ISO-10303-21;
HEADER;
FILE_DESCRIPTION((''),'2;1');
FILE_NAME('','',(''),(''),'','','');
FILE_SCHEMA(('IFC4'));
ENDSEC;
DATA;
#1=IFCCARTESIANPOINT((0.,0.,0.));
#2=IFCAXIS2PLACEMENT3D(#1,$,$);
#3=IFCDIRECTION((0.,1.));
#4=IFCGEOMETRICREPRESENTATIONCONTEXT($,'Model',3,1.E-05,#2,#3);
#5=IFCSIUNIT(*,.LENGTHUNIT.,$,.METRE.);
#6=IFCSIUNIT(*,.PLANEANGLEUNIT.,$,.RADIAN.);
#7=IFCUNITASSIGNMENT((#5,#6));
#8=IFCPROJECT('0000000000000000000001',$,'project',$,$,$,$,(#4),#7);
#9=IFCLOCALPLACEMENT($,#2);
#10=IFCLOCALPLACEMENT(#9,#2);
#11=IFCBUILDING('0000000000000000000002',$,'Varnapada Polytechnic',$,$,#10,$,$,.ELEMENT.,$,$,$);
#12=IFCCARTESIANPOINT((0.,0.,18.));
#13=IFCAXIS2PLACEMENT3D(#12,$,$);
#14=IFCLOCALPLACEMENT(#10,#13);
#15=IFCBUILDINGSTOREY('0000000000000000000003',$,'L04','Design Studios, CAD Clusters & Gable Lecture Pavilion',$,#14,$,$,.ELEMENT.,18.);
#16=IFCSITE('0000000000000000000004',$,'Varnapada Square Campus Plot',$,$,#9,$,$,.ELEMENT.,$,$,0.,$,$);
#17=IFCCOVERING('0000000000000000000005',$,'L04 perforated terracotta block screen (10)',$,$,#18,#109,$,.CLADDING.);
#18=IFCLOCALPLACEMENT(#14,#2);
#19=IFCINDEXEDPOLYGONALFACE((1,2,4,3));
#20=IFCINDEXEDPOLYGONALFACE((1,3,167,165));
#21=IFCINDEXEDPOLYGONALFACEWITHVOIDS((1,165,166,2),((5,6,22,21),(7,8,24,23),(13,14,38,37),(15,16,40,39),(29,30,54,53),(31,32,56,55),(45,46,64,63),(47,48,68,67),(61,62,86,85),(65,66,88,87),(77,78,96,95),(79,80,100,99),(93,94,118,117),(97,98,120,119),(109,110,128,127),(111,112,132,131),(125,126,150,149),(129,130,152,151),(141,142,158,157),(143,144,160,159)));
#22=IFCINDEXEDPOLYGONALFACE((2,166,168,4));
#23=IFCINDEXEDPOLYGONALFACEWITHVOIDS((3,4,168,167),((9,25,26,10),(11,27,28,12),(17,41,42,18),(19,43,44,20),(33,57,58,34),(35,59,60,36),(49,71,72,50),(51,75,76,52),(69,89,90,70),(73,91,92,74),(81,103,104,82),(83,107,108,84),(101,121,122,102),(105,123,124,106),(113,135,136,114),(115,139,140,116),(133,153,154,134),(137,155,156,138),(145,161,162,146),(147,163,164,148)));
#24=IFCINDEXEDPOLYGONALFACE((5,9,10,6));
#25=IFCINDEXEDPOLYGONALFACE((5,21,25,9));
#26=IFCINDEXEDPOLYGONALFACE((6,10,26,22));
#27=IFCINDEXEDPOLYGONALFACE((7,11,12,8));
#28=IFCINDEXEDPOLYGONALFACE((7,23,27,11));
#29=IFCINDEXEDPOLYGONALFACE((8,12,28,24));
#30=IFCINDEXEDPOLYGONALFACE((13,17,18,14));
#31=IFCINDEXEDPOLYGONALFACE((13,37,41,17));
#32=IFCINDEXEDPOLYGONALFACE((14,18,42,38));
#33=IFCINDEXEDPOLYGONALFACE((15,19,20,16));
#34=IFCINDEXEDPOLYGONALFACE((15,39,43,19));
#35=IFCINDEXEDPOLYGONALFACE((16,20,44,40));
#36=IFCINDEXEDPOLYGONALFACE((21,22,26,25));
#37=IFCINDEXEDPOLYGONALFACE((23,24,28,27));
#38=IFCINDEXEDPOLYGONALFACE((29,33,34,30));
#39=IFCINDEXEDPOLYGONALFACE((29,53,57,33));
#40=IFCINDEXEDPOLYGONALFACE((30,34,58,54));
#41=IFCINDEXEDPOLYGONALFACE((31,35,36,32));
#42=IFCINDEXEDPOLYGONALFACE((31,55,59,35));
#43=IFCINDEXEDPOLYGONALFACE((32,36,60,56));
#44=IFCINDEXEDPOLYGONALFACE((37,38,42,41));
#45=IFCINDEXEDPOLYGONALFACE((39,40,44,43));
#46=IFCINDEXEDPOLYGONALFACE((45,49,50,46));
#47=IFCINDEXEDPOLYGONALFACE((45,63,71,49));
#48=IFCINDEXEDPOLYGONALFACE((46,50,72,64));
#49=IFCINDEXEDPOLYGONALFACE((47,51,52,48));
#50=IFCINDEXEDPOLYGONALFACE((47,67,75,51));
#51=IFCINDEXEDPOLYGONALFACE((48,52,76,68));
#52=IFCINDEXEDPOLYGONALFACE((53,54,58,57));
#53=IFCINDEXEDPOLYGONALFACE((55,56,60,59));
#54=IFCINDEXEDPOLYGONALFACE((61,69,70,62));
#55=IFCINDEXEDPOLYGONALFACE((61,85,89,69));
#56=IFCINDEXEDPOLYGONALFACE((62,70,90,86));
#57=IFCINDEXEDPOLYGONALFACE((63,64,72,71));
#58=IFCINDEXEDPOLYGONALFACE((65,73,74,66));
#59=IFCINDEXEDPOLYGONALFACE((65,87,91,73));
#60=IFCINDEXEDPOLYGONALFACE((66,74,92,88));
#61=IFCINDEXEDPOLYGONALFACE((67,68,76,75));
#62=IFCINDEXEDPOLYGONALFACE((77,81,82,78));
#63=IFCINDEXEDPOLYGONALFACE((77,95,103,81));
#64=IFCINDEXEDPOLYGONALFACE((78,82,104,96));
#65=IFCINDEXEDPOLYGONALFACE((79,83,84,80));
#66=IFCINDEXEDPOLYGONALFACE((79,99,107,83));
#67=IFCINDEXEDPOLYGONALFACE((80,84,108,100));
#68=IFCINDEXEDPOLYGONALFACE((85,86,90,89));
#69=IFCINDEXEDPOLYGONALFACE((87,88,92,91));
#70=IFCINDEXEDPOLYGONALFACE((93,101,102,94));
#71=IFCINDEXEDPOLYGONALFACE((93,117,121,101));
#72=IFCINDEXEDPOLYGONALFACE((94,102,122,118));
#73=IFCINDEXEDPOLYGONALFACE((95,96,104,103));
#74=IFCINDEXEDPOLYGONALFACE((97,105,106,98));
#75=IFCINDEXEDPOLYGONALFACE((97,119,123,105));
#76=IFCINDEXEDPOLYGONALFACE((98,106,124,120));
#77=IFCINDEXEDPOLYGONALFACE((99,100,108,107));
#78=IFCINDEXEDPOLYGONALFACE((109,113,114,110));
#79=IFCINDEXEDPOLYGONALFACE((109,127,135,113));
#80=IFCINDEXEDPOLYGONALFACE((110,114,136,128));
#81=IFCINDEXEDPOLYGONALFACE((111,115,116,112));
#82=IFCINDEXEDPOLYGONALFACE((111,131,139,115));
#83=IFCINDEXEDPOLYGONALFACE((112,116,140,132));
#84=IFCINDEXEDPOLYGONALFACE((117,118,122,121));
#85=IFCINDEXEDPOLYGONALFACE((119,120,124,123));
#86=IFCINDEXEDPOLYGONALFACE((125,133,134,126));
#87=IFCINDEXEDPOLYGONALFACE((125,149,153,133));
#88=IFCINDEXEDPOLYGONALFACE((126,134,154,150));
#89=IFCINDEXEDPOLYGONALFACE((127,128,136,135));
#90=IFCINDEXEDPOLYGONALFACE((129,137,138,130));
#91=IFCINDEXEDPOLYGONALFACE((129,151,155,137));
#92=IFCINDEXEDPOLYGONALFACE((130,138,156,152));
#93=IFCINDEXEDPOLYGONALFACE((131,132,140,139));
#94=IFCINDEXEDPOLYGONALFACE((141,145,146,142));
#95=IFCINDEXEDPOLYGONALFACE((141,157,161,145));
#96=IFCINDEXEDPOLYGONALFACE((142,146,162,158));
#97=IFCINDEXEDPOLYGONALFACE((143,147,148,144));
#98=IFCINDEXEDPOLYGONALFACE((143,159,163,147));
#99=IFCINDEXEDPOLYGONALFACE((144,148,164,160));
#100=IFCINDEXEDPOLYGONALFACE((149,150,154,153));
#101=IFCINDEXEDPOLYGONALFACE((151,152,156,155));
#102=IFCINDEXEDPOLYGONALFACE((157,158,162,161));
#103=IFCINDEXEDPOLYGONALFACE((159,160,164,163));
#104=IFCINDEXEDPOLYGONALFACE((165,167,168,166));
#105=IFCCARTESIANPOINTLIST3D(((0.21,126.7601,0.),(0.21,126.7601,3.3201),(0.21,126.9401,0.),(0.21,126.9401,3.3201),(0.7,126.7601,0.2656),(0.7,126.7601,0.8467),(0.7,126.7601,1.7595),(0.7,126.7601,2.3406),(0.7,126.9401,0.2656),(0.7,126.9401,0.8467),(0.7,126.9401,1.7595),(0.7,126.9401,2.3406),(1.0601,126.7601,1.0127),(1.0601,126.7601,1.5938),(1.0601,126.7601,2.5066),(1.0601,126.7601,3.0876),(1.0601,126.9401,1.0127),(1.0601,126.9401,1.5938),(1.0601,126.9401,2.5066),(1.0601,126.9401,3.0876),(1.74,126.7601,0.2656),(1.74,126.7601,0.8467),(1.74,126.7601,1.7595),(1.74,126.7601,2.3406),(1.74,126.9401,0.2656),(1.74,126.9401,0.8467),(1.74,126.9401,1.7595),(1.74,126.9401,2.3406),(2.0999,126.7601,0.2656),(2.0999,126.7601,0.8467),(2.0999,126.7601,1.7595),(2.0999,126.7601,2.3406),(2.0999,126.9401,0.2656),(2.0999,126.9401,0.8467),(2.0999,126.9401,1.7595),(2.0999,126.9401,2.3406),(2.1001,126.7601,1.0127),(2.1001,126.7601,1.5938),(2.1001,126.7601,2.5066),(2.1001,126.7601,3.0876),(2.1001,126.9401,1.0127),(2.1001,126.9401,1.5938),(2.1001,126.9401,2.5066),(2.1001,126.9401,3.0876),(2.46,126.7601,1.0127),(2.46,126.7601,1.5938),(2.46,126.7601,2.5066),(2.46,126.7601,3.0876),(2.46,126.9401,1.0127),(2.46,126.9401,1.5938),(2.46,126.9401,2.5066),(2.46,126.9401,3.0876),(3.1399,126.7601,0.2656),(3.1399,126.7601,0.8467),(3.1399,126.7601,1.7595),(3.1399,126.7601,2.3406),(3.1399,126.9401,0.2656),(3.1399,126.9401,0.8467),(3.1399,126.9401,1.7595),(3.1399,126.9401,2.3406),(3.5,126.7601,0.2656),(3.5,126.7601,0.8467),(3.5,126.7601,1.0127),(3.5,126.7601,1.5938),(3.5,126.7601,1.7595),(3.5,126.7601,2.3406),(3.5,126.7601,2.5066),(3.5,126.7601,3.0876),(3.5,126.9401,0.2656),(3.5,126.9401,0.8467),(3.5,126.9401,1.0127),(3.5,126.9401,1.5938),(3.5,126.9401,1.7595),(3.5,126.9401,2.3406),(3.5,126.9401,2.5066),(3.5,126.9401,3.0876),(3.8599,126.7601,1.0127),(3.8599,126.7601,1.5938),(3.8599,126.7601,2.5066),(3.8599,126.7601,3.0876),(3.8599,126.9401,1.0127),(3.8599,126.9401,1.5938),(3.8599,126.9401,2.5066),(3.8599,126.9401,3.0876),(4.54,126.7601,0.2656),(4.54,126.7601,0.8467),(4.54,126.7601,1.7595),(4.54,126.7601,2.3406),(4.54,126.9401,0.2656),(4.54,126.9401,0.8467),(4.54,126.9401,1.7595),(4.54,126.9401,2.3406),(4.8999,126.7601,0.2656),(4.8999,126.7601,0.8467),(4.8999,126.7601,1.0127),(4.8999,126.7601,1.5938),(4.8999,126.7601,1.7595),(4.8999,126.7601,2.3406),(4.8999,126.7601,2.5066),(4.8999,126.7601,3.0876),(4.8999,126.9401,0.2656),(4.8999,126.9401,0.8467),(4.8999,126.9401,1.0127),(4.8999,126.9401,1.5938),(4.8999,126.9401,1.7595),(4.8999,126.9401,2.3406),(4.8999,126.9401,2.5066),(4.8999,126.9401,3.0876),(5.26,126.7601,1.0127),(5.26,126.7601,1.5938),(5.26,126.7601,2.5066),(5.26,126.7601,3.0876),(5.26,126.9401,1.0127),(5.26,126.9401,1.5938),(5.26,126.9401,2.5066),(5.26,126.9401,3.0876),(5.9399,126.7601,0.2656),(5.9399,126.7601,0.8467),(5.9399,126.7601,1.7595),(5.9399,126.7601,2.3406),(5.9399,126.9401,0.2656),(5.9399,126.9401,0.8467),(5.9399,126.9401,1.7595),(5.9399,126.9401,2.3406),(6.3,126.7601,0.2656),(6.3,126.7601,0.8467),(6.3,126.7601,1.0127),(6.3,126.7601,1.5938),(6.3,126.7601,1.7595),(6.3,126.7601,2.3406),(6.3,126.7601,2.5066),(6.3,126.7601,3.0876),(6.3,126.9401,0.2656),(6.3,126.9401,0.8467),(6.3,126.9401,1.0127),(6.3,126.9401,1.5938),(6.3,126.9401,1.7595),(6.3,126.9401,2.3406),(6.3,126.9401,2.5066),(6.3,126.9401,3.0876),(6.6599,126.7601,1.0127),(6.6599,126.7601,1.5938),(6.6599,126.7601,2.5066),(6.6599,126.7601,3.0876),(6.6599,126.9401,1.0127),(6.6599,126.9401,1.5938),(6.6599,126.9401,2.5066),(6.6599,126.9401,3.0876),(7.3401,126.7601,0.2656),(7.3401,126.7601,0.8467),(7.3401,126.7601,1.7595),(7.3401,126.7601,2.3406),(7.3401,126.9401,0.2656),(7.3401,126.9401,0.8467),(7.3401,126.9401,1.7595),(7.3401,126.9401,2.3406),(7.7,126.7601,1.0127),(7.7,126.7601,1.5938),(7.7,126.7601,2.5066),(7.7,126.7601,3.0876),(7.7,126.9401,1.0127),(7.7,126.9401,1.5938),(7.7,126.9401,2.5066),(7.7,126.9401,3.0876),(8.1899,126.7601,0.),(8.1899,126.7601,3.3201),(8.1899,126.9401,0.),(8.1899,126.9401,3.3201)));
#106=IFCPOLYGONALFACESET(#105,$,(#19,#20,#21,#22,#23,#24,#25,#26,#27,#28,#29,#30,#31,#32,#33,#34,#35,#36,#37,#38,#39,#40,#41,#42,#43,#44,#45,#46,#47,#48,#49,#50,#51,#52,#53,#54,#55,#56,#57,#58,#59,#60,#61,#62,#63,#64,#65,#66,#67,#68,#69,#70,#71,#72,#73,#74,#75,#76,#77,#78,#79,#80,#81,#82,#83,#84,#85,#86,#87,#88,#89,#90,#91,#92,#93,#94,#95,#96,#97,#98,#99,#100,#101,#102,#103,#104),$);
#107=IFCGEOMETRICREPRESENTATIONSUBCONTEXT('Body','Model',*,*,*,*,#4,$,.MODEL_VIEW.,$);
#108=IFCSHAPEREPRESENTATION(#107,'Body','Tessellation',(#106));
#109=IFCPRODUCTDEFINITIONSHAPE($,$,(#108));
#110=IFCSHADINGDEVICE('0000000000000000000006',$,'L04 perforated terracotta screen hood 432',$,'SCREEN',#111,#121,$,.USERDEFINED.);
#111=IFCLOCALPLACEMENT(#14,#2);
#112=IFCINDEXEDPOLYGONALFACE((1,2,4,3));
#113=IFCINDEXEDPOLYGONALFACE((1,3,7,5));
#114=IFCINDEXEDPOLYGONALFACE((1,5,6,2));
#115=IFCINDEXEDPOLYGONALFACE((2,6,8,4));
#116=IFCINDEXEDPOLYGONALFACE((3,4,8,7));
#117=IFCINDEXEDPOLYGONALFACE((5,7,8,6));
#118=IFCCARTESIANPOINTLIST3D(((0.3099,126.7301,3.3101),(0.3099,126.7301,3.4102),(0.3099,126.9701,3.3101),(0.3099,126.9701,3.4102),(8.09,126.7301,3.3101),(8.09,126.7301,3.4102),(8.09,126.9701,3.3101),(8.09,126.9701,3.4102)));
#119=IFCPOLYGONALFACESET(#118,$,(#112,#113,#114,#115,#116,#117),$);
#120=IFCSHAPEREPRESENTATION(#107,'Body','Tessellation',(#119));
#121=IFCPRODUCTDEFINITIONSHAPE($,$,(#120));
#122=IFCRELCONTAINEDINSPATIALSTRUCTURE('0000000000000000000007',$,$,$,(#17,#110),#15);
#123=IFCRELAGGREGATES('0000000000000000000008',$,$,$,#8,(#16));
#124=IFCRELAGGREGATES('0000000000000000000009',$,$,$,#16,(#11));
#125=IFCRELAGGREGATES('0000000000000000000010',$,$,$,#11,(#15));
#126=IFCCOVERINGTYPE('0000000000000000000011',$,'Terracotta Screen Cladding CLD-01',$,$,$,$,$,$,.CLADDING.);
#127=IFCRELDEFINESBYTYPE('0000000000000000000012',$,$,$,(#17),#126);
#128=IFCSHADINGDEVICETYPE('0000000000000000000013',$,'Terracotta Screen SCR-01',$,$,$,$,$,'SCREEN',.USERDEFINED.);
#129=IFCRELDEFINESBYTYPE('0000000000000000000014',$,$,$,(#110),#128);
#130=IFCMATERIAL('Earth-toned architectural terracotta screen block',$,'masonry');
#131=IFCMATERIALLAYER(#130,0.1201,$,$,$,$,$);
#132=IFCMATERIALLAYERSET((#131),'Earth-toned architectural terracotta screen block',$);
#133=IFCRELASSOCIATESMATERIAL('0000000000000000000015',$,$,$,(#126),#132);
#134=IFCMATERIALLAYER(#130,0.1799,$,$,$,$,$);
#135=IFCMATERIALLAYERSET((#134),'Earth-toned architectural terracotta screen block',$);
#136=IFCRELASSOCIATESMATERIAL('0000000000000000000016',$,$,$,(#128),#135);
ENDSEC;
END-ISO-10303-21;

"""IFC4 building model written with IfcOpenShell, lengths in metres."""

from ifc_helpers import new_model, si_unit, direction, frame, frame_2d, origin, origin_2d, place, context, subcontext, project, spatial, rectangle, extrude, material, layer, layer_set, type_object, element, save


model = new_model("IFC4")

# Units and contexts
model_context = context("Model", 3, precision=1e-05, world=origin(), true_north=direction((0.0, 1.0)))
body_context = subcontext(model_context, "Body", "Model", "MODEL_VIEW")
ifc_project = project(units=[si_unit("LENGTHUNIT", "METRE"), si_unit("PLANEANGLEUNIT", "RADIAN")], contexts=[model_context])

# Site, building, storey
site_placement = place(None, origin())
site = spatial("IfcSite", under=ifc_project, at=site_placement, Name="Varnapada Square Campus Plot", CompositionType="ELEMENT", RefElevation=0.0)
building_placement = place(site_placement, origin())
building = spatial("IfcBuilding", under=site, at=building_placement, Name="Varnapada Polytechnic", CompositionType="ELEMENT")
storey_placement = place(building_placement, frame((0.0, 0.0, 18.0)))
storey = spatial("IfcBuildingStorey", under=building, at=storey_placement, Name="L04", Description="Design Studios, CAD Clusters & Gable Lecture Pavilion", CompositionType="ELEMENT", Elevation=18.0)

# Covering, openings
ifc_material_1 = material(Name="Earth-toned architectural terracotta screen block", Category="masonry")
ifc_layer_1 = layer(ifc_material_1, 0.1201)
ifc_layer_set_1 = layer_set([ifc_layer_1], Name="Earth-toned architectural terracotta screen block")
covering_type = type_object("IfcCoveringType", Name="Terracotta Screen Cladding CLD-01", PredefinedType="CLADDING", material=ifc_layer_set_1)
covering_placement = place(storey_placement, frame((0.21, 126.8501, 0.0), z_axis=(0.0, 0.0, 1.0), x_axis=(1.0, 0.0, 0.0)))
covering = element("IfcCovering", 1, at=covering_placement, inside=storey, type_object=covering_type, Name="L04 perforated terracotta block screen (10)", PredefinedType="CLADDING", context=body_context, shape_type="SweptSolid", body=[
    extrude(rectangle(XDim=7.98, YDim=0.1799, at=frame_2d((3.99, 0.0))), origin(), (0.0, 0.0, 1.0), 3.3201),
])
opening_1_placement = place(covering_placement, frame((0.49, 0.0, 0.2656)))
element("IfcOpeningElement", 2, at=opening_1_placement, cuts=covering, PredefinedType="OPENING", context=body_context, shape_type="SweptSolid", body=[
    extrude(rectangle(XDim=1.04, YDim=0.5811, at=frame_2d((0.52, 0.2905))), frame((0.0, 0.0999, 0.0), z_axis=(0.0, -1.0, 0.0), x_axis=(1.0, 0.0, 0.0)), (0.0, 0.0, 1.0), 0.2),
])
opening_2_placement = place(covering_placement, frame((1.8899, 0.0, 0.2656)))
element("IfcOpeningElement", 3, at=opening_2_placement, cuts=covering, PredefinedType="OPENING", context=body_context, shape_type="SweptSolid", body=[
    extrude(rectangle(XDim=1.04, YDim=0.5811, at=frame_2d((0.52, 0.2905))), frame((0.0, 0.0999, 0.0), z_axis=(0.0, -1.0, 0.0), x_axis=(1.0, 0.0, 0.0)), (0.0, 0.0, 1.0), 0.2),
])
opening_3_placement = place(covering_placement, frame((3.29, 0.0, 0.2656)))
element("IfcOpeningElement", 4, at=opening_3_placement, cuts=covering, PredefinedType="OPENING", context=body_context, shape_type="SweptSolid", body=[
    extrude(rectangle(XDim=1.04, YDim=0.5811, at=frame_2d((0.52, 0.2905))), frame((0.0, 0.0999, 0.0), z_axis=(0.0, -1.0, 0.0), x_axis=(1.0, 0.0, 0.0)), (0.0, 0.0, 1.0), 0.2),
])
opening_4_placement = place(covering_placement, frame((4.6899, 0.0, 0.2656)))
element("IfcOpeningElement", 5, at=opening_4_placement, cuts=covering, PredefinedType="OPENING", context=body_context, shape_type="SweptSolid", body=[
    extrude(rectangle(XDim=1.04, YDim=0.5811, at=frame_2d((0.52, 0.2905))), frame((0.0, 0.0999, 0.0), z_axis=(0.0, -1.0, 0.0), x_axis=(1.0, 0.0, 0.0)), (0.0, 0.0, 1.0), 0.2),
])
opening_5_placement = place(covering_placement, frame((6.0901, 0.0, 0.2656)))
element("IfcOpeningElement", 6, at=opening_5_placement, cuts=covering, PredefinedType="OPENING", context=body_context, shape_type="SweptSolid", body=[
    extrude(rectangle(XDim=1.04, YDim=0.5811, at=frame_2d((0.52, 0.2905))), frame((0.0, 0.0999, 0.0), z_axis=(0.0, -1.0, 0.0), x_axis=(1.0, 0.0, 0.0)), (0.0, 0.0, 1.0), 0.2),
])
opening_6_placement = place(covering_placement, frame((0.8501, 0.0, 1.0127)))
element("IfcOpeningElement", 7, at=opening_6_placement, cuts=covering, PredefinedType="OPENING", context=body_context, shape_type="SweptSolid", body=[
    extrude(rectangle(XDim=1.04, YDim=0.5811, at=frame_2d((0.52, 0.2905))), frame((0.0, 0.0999, 0.0), z_axis=(0.0, -1.0, 0.0), x_axis=(1.0, 0.0, 0.0)), (0.0, 0.0, 1.0), 0.2),
])
opening_7_placement = place(covering_placement, frame((2.25, 0.0, 1.0127)))
element("IfcOpeningElement", 8, at=opening_7_placement, cuts=covering, PredefinedType="OPENING", context=body_context, shape_type="SweptSolid", body=[
    extrude(rectangle(XDim=1.04, YDim=0.5811, at=frame_2d((0.52, 0.2905))), frame((0.0, 0.0999, 0.0), z_axis=(0.0, -1.0, 0.0), x_axis=(1.0, 0.0, 0.0)), (0.0, 0.0, 1.0), 0.2),
])
opening_8_placement = place(covering_placement, frame((3.6499, 0.0, 1.0127)))
element("IfcOpeningElement", 9, at=opening_8_placement, cuts=covering, PredefinedType="OPENING", context=body_context, shape_type="SweptSolid", body=[
    extrude(rectangle(XDim=1.04, YDim=0.5811, at=frame_2d((0.52, 0.2905))), frame((0.0, 0.0999, 0.0), z_axis=(0.0, -1.0, 0.0), x_axis=(1.0, 0.0, 0.0)), (0.0, 0.0, 1.0), 0.2),
])
opening_9_placement = place(covering_placement, frame((5.05, 0.0, 1.0127)))
element("IfcOpeningElement", 10, at=opening_9_placement, cuts=covering, PredefinedType="OPENING", context=body_context, shape_type="SweptSolid", body=[
    extrude(rectangle(XDim=1.04, YDim=0.5811, at=frame_2d((0.52, 0.2905))), frame((0.0, 0.0999, 0.0), z_axis=(0.0, -1.0, 0.0), x_axis=(1.0, 0.0, 0.0)), (0.0, 0.0, 1.0), 0.2),
])
opening_10_placement = place(covering_placement, frame((6.45, 0.0, 1.0127)))
element("IfcOpeningElement", 11, at=opening_10_placement, cuts=covering, PredefinedType="OPENING", context=body_context, shape_type="SweptSolid", body=[
    extrude(rectangle(XDim=1.04, YDim=0.5811, at=frame_2d((0.52, 0.2905))), frame((0.0, 0.0999, 0.0), z_axis=(0.0, -1.0, 0.0), x_axis=(1.0, 0.0, 0.0)), (0.0, 0.0, 1.0), 0.2),
])
opening_11_placement = place(covering_placement, frame((0.49, 0.0, 1.7595)))
element("IfcOpeningElement", 12, at=opening_11_placement, cuts=covering, PredefinedType="OPENING", context=body_context, shape_type="SweptSolid", body=[
    extrude(rectangle(XDim=1.04, YDim=0.5811, at=frame_2d((0.52, 0.2905))), frame((0.0, 0.0999, 0.0), z_axis=(0.0, -1.0, 0.0), x_axis=(1.0, 0.0, 0.0)), (0.0, 0.0, 1.0), 0.2),
])
opening_12_placement = place(covering_placement, frame((1.8899, 0.0, 1.7595)))
element("IfcOpeningElement", 13, at=opening_12_placement, cuts=covering, PredefinedType="OPENING", context=body_context, shape_type="SweptSolid", body=[
    extrude(rectangle(XDim=1.04, YDim=0.5811, at=frame_2d((0.52, 0.2905))), frame((0.0, 0.0999, 0.0), z_axis=(0.0, -1.0, 0.0), x_axis=(1.0, 0.0, 0.0)), (0.0, 0.0, 1.0), 0.2),
])
opening_13_placement = place(covering_placement, frame((3.29, 0.0, 1.7595)))
element("IfcOpeningElement", 14, at=opening_13_placement, cuts=covering, PredefinedType="OPENING", context=body_context, shape_type="SweptSolid", body=[
    extrude(rectangle(XDim=1.04, YDim=0.5811, at=frame_2d((0.52, 0.2905))), frame((0.0, 0.0999, 0.0), z_axis=(0.0, -1.0, 0.0), x_axis=(1.0, 0.0, 0.0)), (0.0, 0.0, 1.0), 0.2),
])
opening_14_placement = place(covering_placement, frame((4.6899, 0.0, 1.7595)))
element("IfcOpeningElement", 15, at=opening_14_placement, cuts=covering, PredefinedType="OPENING", context=body_context, shape_type="SweptSolid", body=[
    extrude(rectangle(XDim=1.04, YDim=0.5811, at=frame_2d((0.52, 0.2905))), frame((0.0, 0.0999, 0.0), z_axis=(0.0, -1.0, 0.0), x_axis=(1.0, 0.0, 0.0)), (0.0, 0.0, 1.0), 0.2),
])
opening_15_placement = place(covering_placement, frame((6.0901, 0.0, 1.7595)))
element("IfcOpeningElement", 16, at=opening_15_placement, cuts=covering, PredefinedType="OPENING", context=body_context, shape_type="SweptSolid", body=[
    extrude(rectangle(XDim=1.04, YDim=0.5811, at=frame_2d((0.52, 0.2905))), frame((0.0, 0.0999, 0.0), z_axis=(0.0, -1.0, 0.0), x_axis=(1.0, 0.0, 0.0)), (0.0, 0.0, 1.0), 0.2),
])
opening_16_placement = place(covering_placement, frame((0.8501, 0.0, 2.5066)))
element("IfcOpeningElement", 17, at=opening_16_placement, cuts=covering, PredefinedType="OPENING", context=body_context, shape_type="SweptSolid", body=[
    extrude(rectangle(XDim=1.04, YDim=0.5811, at=frame_2d((0.52, 0.2905))), frame((0.0, 0.0999, 0.0), z_axis=(0.0, -1.0, 0.0), x_axis=(1.0, 0.0, 0.0)), (0.0, 0.0, 1.0), 0.2),
])
opening_17_placement = place(covering_placement, frame((2.25, 0.0, 2.5066)))
element("IfcOpeningElement", 18, at=opening_17_placement, cuts=covering, PredefinedType="OPENING", context=body_context, shape_type="SweptSolid", body=[
    extrude(rectangle(XDim=1.04, YDim=0.5811, at=frame_2d((0.52, 0.2905))), frame((0.0, 0.0999, 0.0), z_axis=(0.0, -1.0, 0.0), x_axis=(1.0, 0.0, 0.0)), (0.0, 0.0, 1.0), 0.2),
])
opening_18_placement = place(covering_placement, frame((3.6499, 0.0, 2.5066)))
element("IfcOpeningElement", 19, at=opening_18_placement, cuts=covering, PredefinedType="OPENING", context=body_context, shape_type="SweptSolid", body=[
    extrude(rectangle(XDim=1.04, YDim=0.5811, at=frame_2d((0.52, 0.2905))), frame((0.0, 0.0999, 0.0), z_axis=(0.0, -1.0, 0.0), x_axis=(1.0, 0.0, 0.0)), (0.0, 0.0, 1.0), 0.2),
])
opening_19_placement = place(covering_placement, frame((5.05, 0.0, 2.5066)))
element("IfcOpeningElement", 20, at=opening_19_placement, cuts=covering, PredefinedType="OPENING", context=body_context, shape_type="SweptSolid", body=[
    extrude(rectangle(XDim=1.04, YDim=0.5811, at=frame_2d((0.52, 0.2905))), frame((0.0, 0.0999, 0.0), z_axis=(0.0, -1.0, 0.0), x_axis=(1.0, 0.0, 0.0)), (0.0, 0.0, 1.0), 0.2),
])
opening_20_placement = place(covering_placement, frame((6.45, 0.0, 2.5066)))
element("IfcOpeningElement", 21, at=opening_20_placement, cuts=covering, PredefinedType="OPENING", context=body_context, shape_type="SweptSolid", body=[
    extrude(rectangle(XDim=1.04, YDim=0.5811, at=frame_2d((0.52, 0.2905))), frame((0.0, 0.0999, 0.0), z_axis=(0.0, -1.0, 0.0), x_axis=(1.0, 0.0, 0.0)), (0.0, 0.0, 1.0), 0.2),
])

# Shading device
ifc_layer_2 = layer(ifc_material_1, 0.1799)
ifc_layer_set_2 = layer_set([ifc_layer_2], Name="Earth-toned architectural terracotta screen block")
shading_device_type_1 = type_object("IfcShadingDeviceType", Name="Terracotta Screen SCR-01", ElementType="SCREEN", PredefinedType="USERDEFINED", material=ifc_layer_set_2)
shading_device_1_placement = place(storey_placement, frame((4.2, 126.8501, 3.3101), z_axis=(0.0, 0.0, 1.0), x_axis=(1.0, 0.0, 0.0)))
element("IfcShadingDevice", 22, at=shading_device_1_placement, inside=storey, type_object=shading_device_type_1, Name="L04 perforated terracotta screen hood 432", ObjectType="SCREEN", PredefinedType="USERDEFINED", context=body_context, shape_type="SweptSolid", body=[
    extrude(rectangle(XDim=7.78, YDim=0.24, at=origin_2d()), origin(), (0.0, 0.0, 1.0), 0.1001),
])

save(model, "model.ifc")
